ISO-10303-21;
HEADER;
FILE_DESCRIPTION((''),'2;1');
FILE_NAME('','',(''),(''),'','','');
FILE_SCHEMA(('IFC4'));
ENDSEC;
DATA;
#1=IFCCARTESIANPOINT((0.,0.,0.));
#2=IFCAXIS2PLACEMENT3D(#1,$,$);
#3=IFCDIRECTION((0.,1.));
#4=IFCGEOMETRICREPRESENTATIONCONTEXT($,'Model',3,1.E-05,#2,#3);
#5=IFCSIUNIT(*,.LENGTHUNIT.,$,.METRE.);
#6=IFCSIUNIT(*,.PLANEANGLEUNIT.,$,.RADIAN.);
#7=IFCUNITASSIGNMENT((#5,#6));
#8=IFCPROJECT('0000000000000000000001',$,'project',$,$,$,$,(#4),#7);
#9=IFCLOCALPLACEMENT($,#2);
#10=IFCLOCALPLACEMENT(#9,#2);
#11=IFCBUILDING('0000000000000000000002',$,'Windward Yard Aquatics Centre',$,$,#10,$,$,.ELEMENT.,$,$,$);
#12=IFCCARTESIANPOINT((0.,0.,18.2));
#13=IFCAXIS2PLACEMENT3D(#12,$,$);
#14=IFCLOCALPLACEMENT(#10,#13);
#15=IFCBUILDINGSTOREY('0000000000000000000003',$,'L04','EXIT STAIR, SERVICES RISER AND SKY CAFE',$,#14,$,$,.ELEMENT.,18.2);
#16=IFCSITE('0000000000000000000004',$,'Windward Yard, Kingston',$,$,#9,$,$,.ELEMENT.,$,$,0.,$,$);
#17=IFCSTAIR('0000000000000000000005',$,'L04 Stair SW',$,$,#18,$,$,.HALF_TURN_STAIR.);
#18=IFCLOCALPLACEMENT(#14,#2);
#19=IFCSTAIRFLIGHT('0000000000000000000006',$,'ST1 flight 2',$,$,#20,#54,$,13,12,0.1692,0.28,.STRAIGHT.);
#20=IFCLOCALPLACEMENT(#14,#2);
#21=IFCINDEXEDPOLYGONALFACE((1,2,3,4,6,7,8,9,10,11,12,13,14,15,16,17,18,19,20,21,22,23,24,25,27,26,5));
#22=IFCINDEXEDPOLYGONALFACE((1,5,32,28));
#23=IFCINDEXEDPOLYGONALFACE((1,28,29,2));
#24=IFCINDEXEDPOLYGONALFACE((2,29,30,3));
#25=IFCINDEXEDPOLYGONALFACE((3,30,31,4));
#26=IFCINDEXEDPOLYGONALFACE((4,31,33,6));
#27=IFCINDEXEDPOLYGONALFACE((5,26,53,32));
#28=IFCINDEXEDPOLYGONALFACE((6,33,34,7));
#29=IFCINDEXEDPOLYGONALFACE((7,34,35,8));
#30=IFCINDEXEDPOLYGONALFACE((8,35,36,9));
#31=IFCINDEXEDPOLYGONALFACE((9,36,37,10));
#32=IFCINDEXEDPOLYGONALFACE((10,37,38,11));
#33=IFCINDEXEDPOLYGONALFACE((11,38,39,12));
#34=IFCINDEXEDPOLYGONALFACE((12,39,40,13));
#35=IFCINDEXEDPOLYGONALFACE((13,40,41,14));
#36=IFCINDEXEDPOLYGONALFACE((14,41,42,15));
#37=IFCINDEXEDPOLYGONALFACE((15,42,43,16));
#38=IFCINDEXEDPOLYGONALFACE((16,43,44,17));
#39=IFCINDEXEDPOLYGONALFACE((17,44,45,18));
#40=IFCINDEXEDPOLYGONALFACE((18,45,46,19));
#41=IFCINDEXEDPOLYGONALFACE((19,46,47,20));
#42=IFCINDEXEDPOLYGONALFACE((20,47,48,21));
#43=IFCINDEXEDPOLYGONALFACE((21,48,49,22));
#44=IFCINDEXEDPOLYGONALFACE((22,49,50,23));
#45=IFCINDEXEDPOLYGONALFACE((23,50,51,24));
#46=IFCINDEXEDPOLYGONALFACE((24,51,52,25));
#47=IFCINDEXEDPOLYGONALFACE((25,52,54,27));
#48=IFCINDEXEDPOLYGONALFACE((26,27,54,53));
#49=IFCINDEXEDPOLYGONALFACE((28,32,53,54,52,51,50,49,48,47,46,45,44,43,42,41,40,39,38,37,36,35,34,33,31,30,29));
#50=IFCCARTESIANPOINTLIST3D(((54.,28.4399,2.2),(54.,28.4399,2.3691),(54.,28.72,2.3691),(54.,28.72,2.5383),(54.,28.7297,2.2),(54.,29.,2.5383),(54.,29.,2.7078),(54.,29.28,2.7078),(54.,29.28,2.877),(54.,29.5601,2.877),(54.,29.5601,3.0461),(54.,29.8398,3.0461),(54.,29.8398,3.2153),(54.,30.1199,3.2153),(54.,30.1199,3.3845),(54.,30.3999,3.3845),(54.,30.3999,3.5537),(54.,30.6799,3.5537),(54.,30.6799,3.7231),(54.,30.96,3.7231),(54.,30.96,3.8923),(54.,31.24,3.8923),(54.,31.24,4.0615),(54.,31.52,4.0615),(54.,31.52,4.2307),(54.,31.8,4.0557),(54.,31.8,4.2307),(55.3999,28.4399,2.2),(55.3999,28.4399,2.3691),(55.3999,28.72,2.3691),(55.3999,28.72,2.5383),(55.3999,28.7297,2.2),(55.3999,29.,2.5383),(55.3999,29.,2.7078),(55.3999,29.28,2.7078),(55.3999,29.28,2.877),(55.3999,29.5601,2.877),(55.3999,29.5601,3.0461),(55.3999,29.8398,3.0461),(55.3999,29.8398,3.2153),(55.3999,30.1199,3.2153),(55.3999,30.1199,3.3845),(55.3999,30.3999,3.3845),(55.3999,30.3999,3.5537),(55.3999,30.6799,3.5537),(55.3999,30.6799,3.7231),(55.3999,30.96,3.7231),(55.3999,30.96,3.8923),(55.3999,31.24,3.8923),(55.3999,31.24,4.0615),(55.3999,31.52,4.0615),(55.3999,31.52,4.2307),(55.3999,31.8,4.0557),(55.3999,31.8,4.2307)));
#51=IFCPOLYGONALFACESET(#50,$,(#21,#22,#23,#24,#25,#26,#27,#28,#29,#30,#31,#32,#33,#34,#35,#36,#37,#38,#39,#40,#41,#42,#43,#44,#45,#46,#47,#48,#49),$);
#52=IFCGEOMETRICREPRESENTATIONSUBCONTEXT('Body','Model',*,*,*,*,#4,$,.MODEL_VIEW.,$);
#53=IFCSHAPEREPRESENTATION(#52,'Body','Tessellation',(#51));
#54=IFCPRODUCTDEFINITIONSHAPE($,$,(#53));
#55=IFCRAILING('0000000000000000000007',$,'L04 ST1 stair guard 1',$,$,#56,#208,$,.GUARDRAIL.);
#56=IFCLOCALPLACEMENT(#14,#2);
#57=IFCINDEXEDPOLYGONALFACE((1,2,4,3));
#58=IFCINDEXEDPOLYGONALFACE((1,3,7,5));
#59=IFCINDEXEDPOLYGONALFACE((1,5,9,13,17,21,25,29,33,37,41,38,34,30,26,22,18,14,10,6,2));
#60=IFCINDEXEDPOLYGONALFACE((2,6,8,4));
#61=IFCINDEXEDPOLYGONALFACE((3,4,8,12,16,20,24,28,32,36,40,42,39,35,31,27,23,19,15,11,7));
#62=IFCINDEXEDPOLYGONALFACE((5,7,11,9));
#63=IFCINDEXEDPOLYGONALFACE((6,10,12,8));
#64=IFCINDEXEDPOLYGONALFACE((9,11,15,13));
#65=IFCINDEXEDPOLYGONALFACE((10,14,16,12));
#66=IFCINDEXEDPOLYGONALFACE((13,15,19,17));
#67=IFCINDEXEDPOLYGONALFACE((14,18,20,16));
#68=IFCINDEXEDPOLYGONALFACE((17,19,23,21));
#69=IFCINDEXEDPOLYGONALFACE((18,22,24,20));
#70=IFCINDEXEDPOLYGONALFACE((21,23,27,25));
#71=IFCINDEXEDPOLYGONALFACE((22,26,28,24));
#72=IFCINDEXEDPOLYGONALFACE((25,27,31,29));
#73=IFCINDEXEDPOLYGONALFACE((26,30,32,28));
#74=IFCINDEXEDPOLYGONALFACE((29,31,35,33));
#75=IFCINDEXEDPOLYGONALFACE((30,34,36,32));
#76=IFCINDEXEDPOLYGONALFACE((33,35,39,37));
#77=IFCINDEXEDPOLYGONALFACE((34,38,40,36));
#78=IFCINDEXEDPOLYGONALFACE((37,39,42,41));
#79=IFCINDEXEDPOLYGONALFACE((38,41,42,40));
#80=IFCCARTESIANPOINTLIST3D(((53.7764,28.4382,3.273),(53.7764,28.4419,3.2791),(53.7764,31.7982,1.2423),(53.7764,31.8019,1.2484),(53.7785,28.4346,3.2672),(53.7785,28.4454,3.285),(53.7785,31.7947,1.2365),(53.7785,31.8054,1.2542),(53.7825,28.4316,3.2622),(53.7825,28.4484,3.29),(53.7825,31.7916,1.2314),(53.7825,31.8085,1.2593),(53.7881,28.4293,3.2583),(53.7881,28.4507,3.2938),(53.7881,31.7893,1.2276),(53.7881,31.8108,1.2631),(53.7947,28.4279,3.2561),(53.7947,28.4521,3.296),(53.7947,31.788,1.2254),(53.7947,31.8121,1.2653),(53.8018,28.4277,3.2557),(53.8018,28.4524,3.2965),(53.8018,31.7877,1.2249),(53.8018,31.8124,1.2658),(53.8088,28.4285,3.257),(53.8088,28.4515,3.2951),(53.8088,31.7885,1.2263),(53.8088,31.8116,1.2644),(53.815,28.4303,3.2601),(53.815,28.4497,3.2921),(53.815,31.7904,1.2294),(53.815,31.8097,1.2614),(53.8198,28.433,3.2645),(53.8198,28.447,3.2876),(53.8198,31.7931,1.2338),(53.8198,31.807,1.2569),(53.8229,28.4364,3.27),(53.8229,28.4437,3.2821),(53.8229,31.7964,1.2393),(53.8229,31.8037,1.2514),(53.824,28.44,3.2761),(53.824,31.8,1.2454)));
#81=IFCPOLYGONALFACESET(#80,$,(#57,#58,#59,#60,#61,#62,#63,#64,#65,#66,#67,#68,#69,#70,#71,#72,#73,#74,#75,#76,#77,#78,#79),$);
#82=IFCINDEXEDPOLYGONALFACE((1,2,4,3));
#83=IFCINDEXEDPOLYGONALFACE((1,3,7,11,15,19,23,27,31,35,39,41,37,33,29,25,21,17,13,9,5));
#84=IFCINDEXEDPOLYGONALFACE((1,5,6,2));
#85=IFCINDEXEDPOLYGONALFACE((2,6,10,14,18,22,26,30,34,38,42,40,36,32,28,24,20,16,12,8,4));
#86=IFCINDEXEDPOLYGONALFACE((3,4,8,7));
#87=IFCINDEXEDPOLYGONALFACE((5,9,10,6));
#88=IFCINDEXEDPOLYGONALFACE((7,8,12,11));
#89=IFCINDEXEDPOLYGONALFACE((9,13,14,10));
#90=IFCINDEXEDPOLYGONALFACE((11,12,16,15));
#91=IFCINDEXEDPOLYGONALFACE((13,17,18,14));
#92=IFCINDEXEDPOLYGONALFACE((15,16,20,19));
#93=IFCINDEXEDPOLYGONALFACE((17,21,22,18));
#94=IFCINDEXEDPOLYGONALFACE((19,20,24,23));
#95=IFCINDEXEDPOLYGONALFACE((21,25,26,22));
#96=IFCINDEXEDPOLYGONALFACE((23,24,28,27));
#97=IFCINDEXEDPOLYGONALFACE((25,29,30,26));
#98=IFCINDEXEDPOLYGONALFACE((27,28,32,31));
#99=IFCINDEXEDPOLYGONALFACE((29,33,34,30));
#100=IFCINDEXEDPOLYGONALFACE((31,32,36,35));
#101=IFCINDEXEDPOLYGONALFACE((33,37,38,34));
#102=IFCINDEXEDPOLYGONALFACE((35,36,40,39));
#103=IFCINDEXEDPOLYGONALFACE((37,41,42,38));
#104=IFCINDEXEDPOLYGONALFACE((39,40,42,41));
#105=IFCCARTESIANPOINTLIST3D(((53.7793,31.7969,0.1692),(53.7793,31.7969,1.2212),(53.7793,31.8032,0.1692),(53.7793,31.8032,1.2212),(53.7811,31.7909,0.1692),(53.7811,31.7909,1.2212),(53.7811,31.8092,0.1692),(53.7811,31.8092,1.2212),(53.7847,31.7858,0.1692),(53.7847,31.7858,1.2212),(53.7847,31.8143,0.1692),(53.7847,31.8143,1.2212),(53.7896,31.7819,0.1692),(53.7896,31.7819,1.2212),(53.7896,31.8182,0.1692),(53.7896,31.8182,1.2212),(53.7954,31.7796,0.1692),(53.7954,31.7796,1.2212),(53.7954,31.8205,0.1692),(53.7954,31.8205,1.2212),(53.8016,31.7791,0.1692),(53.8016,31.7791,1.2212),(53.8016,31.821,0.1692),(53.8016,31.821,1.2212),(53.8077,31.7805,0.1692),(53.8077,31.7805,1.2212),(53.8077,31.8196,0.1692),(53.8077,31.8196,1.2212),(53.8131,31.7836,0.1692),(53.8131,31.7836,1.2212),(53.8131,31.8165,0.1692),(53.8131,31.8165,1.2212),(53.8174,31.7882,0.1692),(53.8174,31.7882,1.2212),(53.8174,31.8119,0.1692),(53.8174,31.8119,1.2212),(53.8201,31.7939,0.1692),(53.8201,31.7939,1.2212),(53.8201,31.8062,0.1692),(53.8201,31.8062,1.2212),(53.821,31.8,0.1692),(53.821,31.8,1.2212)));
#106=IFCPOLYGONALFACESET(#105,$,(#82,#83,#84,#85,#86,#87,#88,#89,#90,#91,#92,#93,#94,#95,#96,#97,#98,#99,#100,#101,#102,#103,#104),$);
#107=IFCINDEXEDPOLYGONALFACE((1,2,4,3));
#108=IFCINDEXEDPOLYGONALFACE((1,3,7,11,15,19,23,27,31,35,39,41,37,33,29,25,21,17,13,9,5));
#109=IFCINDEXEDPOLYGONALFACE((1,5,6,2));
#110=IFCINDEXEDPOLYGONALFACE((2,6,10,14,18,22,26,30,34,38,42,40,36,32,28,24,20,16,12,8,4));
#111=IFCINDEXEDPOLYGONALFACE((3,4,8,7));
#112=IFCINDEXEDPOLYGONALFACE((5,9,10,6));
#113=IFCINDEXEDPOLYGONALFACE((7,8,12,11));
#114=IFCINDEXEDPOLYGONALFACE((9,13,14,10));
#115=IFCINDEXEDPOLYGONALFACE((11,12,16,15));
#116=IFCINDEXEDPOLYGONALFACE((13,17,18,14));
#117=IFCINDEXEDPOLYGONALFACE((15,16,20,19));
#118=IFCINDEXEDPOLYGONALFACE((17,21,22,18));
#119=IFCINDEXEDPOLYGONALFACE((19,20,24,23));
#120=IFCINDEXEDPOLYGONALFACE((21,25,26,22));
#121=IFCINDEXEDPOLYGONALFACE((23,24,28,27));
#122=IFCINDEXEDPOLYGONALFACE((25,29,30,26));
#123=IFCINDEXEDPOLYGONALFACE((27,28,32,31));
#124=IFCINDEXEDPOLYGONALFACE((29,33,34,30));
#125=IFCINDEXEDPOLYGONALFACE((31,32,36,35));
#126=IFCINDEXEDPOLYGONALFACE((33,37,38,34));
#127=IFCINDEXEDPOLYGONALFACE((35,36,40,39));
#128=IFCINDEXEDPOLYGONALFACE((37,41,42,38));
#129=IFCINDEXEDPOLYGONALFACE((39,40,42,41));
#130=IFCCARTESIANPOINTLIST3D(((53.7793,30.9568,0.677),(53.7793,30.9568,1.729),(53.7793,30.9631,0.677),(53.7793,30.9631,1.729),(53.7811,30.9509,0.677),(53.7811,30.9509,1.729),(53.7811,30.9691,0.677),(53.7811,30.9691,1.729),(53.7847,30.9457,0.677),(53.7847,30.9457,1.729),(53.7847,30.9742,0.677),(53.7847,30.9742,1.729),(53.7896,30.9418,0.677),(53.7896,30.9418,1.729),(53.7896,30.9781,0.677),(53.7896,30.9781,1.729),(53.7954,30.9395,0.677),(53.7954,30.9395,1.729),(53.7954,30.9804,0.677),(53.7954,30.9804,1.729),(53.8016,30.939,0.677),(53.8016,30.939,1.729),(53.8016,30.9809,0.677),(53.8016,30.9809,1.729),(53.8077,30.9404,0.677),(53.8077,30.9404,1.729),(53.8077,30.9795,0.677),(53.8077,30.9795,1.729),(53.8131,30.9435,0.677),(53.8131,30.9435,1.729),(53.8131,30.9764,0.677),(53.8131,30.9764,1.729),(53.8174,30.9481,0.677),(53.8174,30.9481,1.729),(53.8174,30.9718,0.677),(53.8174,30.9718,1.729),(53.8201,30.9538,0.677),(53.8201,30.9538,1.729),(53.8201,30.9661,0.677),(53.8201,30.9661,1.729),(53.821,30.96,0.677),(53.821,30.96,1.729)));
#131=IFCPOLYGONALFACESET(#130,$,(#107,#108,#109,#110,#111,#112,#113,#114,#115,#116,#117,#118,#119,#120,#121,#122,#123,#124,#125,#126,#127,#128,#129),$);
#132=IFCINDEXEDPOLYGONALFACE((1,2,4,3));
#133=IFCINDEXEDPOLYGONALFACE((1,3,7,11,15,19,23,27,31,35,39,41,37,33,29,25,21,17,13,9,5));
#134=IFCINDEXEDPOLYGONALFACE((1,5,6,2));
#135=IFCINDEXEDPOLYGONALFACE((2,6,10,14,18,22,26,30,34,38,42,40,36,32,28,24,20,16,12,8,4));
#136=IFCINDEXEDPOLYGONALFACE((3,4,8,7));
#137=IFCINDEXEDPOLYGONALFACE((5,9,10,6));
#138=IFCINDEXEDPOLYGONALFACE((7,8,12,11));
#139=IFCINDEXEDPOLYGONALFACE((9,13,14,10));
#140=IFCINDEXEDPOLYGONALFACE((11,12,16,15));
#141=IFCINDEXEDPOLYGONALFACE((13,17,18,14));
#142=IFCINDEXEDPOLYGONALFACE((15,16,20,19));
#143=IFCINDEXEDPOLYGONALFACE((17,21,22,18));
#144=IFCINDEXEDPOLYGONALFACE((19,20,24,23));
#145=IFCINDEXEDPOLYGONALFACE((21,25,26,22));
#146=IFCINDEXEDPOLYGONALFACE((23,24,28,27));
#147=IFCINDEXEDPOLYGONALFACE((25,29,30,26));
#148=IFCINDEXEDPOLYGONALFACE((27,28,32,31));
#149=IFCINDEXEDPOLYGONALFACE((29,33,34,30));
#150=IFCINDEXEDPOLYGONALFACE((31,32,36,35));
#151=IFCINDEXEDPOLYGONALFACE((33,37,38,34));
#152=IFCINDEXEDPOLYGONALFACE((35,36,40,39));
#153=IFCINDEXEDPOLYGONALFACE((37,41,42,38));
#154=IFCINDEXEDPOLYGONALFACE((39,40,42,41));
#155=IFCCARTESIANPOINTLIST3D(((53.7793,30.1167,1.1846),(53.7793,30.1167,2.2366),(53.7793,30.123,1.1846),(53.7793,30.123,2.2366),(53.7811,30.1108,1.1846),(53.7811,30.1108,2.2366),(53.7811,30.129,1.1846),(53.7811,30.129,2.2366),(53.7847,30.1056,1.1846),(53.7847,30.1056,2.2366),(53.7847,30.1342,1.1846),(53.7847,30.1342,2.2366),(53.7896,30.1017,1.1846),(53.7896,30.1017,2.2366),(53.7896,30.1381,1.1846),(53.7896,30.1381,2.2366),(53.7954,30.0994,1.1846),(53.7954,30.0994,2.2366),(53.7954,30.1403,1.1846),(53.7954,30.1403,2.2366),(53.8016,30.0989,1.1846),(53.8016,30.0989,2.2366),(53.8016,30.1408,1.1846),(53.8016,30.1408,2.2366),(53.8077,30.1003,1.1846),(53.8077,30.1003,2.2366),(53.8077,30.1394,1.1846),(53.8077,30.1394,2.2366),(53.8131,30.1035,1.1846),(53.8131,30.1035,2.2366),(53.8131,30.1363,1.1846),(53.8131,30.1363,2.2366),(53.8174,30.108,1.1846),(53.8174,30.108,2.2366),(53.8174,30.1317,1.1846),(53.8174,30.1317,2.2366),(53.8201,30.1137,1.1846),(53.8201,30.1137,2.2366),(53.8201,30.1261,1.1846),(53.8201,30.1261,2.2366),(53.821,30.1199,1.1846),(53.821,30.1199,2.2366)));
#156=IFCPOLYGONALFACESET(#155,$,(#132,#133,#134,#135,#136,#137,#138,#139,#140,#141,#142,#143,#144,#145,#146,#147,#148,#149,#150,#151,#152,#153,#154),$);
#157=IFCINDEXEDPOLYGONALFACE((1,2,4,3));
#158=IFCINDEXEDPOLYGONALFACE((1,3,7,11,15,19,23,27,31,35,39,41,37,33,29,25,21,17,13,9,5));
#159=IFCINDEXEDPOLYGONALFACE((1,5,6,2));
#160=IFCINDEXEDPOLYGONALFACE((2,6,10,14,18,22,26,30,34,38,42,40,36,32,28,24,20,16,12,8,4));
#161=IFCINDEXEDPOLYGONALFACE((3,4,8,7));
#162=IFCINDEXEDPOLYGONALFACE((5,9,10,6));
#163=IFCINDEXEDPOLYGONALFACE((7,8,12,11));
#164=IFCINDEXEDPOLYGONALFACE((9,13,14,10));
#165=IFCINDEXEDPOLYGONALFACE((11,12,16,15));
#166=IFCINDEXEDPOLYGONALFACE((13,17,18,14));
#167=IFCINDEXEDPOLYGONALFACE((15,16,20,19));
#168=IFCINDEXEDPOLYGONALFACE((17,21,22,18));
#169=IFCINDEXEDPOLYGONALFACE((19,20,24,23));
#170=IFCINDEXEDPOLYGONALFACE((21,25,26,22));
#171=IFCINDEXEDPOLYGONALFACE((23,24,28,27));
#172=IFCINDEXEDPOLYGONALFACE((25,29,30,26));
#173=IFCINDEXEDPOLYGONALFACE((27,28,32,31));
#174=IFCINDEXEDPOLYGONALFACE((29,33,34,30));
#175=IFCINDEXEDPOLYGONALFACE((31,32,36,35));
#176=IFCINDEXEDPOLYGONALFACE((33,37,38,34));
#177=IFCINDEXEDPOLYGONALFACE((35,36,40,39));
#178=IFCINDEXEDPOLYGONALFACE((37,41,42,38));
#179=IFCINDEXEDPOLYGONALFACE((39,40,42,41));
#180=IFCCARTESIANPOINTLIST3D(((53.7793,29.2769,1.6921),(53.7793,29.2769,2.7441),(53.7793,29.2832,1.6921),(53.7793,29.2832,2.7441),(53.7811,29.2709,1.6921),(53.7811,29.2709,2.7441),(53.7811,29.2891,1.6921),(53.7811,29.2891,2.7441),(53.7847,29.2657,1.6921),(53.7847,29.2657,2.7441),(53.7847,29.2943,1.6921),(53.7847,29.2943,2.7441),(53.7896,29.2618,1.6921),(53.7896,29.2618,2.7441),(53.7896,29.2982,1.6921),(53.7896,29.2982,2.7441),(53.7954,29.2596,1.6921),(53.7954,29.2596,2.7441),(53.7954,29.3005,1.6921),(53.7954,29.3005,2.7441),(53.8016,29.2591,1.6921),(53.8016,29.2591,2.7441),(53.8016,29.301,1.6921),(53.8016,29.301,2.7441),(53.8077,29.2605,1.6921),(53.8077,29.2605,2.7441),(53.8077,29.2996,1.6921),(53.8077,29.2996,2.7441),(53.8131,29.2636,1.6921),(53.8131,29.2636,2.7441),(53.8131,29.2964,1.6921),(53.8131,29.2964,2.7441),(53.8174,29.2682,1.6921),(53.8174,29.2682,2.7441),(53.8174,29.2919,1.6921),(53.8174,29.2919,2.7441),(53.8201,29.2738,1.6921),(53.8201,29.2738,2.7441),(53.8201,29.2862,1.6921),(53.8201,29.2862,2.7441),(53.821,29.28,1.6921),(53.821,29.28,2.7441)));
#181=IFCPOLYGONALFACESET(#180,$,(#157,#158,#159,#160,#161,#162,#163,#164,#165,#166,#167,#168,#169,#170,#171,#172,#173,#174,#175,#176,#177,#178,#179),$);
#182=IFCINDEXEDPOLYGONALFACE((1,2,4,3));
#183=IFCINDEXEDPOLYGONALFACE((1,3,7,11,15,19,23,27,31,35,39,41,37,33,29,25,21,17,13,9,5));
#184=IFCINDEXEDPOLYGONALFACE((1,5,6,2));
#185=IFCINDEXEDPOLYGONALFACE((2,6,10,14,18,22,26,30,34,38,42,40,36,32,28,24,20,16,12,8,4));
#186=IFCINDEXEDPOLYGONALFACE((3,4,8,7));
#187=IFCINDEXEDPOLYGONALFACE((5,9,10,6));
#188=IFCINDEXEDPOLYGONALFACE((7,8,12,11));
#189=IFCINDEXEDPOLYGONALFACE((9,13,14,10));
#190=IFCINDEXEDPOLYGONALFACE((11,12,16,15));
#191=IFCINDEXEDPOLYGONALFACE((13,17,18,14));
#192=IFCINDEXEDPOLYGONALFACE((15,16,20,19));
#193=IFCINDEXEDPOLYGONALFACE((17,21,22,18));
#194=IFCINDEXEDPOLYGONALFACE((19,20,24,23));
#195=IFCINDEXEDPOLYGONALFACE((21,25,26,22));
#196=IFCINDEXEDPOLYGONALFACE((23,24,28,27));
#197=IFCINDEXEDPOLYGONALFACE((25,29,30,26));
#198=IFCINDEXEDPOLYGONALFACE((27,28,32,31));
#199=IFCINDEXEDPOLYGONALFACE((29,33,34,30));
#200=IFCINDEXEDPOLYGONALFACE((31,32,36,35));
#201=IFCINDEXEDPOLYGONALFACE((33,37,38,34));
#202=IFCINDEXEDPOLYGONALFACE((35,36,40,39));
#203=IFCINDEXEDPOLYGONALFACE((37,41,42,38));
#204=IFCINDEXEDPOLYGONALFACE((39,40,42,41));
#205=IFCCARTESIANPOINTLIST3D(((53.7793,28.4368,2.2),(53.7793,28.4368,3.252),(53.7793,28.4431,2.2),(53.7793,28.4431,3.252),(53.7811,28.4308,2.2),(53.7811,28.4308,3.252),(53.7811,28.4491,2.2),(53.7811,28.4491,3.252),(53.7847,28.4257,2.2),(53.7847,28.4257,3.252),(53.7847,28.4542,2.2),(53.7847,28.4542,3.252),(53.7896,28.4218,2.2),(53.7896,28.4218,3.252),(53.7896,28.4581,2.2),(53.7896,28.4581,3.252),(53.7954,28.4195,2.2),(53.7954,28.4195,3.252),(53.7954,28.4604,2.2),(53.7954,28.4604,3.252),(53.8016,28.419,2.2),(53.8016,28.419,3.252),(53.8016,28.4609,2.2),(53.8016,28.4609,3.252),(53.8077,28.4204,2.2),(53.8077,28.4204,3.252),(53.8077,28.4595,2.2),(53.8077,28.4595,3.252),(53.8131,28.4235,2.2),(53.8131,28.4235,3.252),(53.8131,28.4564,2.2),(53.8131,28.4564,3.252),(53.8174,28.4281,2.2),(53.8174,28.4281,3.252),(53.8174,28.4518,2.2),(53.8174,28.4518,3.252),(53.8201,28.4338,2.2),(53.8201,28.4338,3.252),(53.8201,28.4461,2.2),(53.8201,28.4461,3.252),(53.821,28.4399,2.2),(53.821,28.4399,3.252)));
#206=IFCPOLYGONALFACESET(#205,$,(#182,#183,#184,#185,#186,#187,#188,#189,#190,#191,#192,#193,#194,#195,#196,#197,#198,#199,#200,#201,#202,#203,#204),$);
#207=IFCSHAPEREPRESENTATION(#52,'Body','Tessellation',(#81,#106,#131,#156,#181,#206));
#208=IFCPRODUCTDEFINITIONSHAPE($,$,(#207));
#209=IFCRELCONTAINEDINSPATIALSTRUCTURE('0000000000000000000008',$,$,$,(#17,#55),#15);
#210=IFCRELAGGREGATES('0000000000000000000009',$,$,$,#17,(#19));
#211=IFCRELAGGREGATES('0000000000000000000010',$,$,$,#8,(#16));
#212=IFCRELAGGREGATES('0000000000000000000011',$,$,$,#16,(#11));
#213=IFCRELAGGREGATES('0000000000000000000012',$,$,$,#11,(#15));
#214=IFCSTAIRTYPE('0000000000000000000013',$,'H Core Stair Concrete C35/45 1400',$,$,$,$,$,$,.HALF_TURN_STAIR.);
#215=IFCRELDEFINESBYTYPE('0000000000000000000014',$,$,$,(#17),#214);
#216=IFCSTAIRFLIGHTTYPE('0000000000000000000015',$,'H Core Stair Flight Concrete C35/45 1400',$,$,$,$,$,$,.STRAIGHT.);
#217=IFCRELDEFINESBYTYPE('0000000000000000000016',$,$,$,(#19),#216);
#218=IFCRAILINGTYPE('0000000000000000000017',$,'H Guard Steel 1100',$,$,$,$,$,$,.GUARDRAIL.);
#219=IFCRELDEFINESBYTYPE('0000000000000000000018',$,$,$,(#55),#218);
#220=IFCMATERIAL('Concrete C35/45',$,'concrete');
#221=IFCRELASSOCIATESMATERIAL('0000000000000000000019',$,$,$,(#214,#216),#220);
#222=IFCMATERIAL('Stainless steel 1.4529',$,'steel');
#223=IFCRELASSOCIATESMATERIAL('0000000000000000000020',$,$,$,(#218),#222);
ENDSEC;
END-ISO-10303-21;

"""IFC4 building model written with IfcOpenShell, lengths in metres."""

from ifc_helpers import new_model, si_unit, direction, frame, origin, origin_2d, place, context, subcontext, project, spatial, polyline, circle, outline, extrude, material, type_object, element, aggregate, save


model = new_model("IFC4")

# Units and contexts
model_context = context("Model", 3, precision=1e-05, world=origin(), true_north=direction((0.0, 1.0)))
body_context = subcontext(model_context, "Body", "Model", "MODEL_VIEW")
ifc_project = project(units=[si_unit("LENGTHUNIT", "METRE"), si_unit("PLANEANGLEUNIT", "RADIAN")], contexts=[model_context])

# Site, building, storey
site_placement = place(None, origin())
site = spatial("IfcSite", under=ifc_project, at=site_placement, Name="Windward Yard, Kingston", CompositionType="ELEMENT", RefElevation=0.0)
building_placement = place(site_placement, origin())
building = spatial("IfcBuilding", under=site, at=building_placement, Name="Windward Yard Aquatics Centre", CompositionType="ELEMENT")
storey_placement = place(building_placement, frame((0.0, 0.0, 18.2)))
storey = spatial("IfcBuildingStorey", under=building, at=storey_placement, Name="L04", Description="EXIT STAIR, SERVICES RISER AND SKY CAFE", CompositionType="ELEMENT", Elevation=18.2)

# Shared definitions
ifc_material_1 = material(Name="Concrete C35/45", Category="concrete")

# Stair, stair flight
stair_type = type_object("IfcStairType", Name="H Core Stair Concrete C35/45 1400", PredefinedType="HALF_TURN_STAIR", material=ifc_material_1)
stair_placement = place(storey_placement, origin())
stair = element("IfcStair", 1, at=stair_placement, inside=storey, type_object=stair_type, Name="L04 Stair SW", PredefinedType="HALF_TURN_STAIR")
stair_flight_type = type_object("IfcStairFlightType", Name="H Core Stair Flight Concrete C35/45 1400", PredefinedType="STRAIGHT", material=ifc_material_1)
stair_flight_1_placement = place(storey_placement, frame((54.7, 28.4399, 2.2), z_axis=(0.0, 0.0, 1.0), x_axis=(0.0, 1.0, 0.0)))
stair_flight_1 = element("IfcStairFlight", 2, at=stair_flight_1_placement, type_object=stair_flight_type, Name="ST1 flight 2", NumberOfRisers=13, NumberOfTreads=12, PredefinedType="STRAIGHT", RiserHeight=0.1692, TreadLength=0.28, context=body_context, shape_type="SweptSolid", body=[
    extrude(outline(polyline([(0.0, 0.0), (0.0, 0.1692), (0.28, 0.1692), (0.28, 0.3384), (0.5601, 0.3384), (0.5601, 0.5078), (0.8401, 0.5078), (0.8401, 0.677), (1.1201, 0.677), (1.1201, 0.8462), (1.3999, 0.8462), (1.3999, 1.0154), (1.6799, 1.0154), (1.6799, 1.1846), (1.96, 1.1846), (1.96, 1.3538), (2.24, 1.3538), (2.24, 1.5232), (2.52, 1.5232), (2.52, 1.6924), (2.8, 1.6924), (2.8, 1.8616), (3.0801, 1.8616), (3.0801, 2.0308), (3.3601, 2.0308), (3.3601, 2.2), (3.3601, 1.8557), (0.2898, 0.0), (0.0, 0.0)])), frame((0.0, 0.7, 0.0), z_axis=(0.0, -1.0, 0.0), x_axis=(1.0, 0.0, 0.0)), (0.0, 0.0, 1.0), 1.3999),
])
aggregate(stair, [stair_flight_1])

# Railing
ifc_material_2 = material(Name="Stainless steel 1.4529", Category="steel")
railing_type_1 = type_object("IfcRailingType", Name="H Guard Steel 1100", PredefinedType="GUARDRAIL", material=ifc_material_2)
railing_1_placement = place(storey_placement, frame((53.8, 31.8, 0.1692)))
element("IfcRailing", 3, at=railing_1_placement, inside=storey, type_object=railing_type_1, Name="L04 ST1 stair guard 1", PredefinedType="GUARDRAIL", context=body_context, shape_type="SweptSolid", body=[
    extrude(circle(Radius=0.0239, at=origin_2d()), frame((0.0, 0.0, 1.0762), z_axis=(0.0, -0.855837, 0.517246), x_axis=(1.0, 0.0, 0.0)), (0.0, 0.0, 1.0), 3.926),
    extrude(circle(Radius=0.021, at=origin_2d()), origin(), (0.0, 0.0, 1.0), 1.052),
    extrude(circle(Radius=0.021, at=origin_2d()), frame((0.0, -0.8401, 0.5078)), (0.0, 0.0, 1.0), 1.052),
    extrude(circle(Radius=0.021, at=origin_2d()), frame((0.0, -1.6802, 1.0154)), (0.0, 0.0, 1.0), 1.052),
    extrude(circle(Radius=0.021, at=origin_2d()), frame((0.0, -2.52, 1.5229)), (0.0, 0.0, 1.0), 1.052),
    extrude(circle(Radius=0.021, at=origin_2d()), frame((0.0, -3.3601, 2.0308)), (0.0, 0.0, 1.0), 1.052),
])

save(model, "model.ifc")
